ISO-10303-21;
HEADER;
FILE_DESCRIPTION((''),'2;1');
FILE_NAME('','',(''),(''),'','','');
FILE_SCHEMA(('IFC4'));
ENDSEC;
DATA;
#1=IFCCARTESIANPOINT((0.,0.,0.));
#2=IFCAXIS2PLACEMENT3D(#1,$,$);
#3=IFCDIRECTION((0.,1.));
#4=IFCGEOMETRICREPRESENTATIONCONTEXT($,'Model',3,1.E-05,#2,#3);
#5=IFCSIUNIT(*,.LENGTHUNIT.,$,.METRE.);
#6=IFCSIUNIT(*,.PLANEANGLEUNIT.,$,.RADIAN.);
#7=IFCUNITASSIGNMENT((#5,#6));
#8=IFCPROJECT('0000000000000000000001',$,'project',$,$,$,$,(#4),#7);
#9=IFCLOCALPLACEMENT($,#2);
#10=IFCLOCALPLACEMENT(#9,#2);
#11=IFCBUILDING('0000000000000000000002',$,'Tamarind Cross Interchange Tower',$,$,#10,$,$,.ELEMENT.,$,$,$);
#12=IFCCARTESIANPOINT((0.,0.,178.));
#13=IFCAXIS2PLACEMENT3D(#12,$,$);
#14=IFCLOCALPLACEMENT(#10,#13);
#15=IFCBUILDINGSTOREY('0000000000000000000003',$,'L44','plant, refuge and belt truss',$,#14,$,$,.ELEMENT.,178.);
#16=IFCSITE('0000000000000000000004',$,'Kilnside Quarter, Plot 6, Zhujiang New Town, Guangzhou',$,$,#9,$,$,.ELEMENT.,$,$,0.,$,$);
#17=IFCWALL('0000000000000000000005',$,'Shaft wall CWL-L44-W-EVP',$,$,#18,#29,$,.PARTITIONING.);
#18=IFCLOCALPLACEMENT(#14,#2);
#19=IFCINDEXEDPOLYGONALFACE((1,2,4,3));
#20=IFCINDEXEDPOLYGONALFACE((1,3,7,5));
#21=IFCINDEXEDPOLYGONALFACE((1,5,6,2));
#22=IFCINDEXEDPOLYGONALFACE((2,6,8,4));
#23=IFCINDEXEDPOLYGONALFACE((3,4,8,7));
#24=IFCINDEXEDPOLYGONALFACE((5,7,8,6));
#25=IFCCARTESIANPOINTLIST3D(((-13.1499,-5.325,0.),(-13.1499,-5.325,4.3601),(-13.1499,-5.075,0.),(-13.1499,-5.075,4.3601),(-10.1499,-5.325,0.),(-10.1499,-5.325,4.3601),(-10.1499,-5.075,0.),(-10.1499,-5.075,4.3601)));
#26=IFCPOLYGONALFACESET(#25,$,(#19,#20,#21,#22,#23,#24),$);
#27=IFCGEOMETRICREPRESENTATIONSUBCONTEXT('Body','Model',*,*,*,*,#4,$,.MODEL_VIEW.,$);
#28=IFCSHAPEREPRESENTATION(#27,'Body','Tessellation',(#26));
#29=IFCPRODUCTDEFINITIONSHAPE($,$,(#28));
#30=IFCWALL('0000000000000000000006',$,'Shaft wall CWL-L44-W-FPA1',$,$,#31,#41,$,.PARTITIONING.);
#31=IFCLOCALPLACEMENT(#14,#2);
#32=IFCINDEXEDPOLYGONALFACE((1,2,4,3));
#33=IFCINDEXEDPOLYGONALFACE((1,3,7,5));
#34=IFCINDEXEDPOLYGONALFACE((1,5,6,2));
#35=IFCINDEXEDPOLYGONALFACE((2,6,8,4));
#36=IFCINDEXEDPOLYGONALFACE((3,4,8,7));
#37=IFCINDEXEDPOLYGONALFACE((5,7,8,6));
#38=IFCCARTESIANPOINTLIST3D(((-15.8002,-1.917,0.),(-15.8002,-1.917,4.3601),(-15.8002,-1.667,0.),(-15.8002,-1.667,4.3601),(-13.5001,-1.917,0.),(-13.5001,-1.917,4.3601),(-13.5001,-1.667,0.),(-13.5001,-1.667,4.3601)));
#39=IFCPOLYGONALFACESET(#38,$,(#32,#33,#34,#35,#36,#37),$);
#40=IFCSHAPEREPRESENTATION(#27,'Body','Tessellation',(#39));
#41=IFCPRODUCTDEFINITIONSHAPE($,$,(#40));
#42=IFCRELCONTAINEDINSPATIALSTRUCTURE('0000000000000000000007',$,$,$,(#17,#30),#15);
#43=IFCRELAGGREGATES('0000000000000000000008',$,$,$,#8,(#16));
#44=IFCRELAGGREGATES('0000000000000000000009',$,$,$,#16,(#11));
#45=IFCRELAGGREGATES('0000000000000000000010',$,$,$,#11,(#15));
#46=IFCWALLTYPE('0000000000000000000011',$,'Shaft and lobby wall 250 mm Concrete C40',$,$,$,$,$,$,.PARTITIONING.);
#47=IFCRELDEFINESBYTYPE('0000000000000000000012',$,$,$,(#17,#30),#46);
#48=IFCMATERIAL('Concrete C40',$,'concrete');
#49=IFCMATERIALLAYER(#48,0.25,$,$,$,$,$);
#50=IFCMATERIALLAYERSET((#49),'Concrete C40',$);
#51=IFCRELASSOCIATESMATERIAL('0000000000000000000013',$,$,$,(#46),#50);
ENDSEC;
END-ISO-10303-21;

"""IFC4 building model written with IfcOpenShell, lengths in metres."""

from ifc_helpers import new_model, si_unit, direction, frame, frame_2d, origin, place, context, subcontext, project, spatial, rectangle, extrude, material, layer, layer_set, type_object, element, save


model = new_model("IFC4")

# Units and contexts
model_context = context("Model", 3, precision=1e-05, world=origin(), true_north=direction((0.0, 1.0)))
body_context = subcontext(model_context, "Body", "Model", "MODEL_VIEW")
ifc_project = project(units=[si_unit("LENGTHUNIT", "METRE"), si_unit("PLANEANGLEUNIT", "RADIAN")], contexts=[model_context])

# Site, building, storey
site_placement = place(None, origin())
site = spatial("IfcSite", under=ifc_project, at=site_placement, Name="Kilnside Quarter, Plot 6, Zhujiang New Town, Guangzhou", CompositionType="ELEMENT", RefElevation=0.0)
building_placement = place(site_placement, origin())
building = spatial("IfcBuilding", under=site, at=building_placement, Name="Tamarind Cross Interchange Tower", CompositionType="ELEMENT")
storey_placement = place(building_placement, frame((0.0, 0.0, 178.0)))
storey = spatial("IfcBuildingStorey", under=building, at=storey_placement, Name="L44", Description="plant, refuge and belt truss", CompositionType="ELEMENT", Elevation=178.0)

# Walls
ifc_material_1 = material(Name="Concrete C40", Category="concrete")
ifc_layer_1 = layer(ifc_material_1, 0.25)
ifc_layer_set_1 = layer_set([ifc_layer_1], Name="Concrete C40")
wall_type_1 = type_object("IfcWallType", Name="Shaft and lobby wall 250 mm Concrete C40", PredefinedType="PARTITIONING", material=ifc_layer_set_1)
wall_1_placement = place(storey_placement, frame((-13.1499, -5.2, 0.0), z_axis=(0.0, 0.0, 1.0), x_axis=(1.0, 0.0, 0.0)))
element("IfcWall", 1, at=wall_1_placement, inside=storey, type_object=wall_type_1, Name="Shaft wall CWL-L44-W-EVP", PredefinedType="PARTITIONING", context=body_context, shape_type="SweptSolid", body=[
    extrude(rectangle(XDim=3.0, YDim=0.25, at=frame_2d((1.5, 0.0))), origin(), (0.0, 0.0, 1.0), 4.3601),
])
wall_2_placement = place(storey_placement, frame((-15.8, -1.792, 0.0), z_axis=(0.0, 0.0, 1.0), x_axis=(1.0, 0.0, 0.0)))
element("IfcWall", 2, at=wall_2_placement, inside=storey, type_object=wall_type_1, Name="Shaft wall CWL-L44-W-FPA1", PredefinedType="PARTITIONING", context=body_context, shape_type="SweptSolid", body=[
    extrude(rectangle(XDim=2.3, YDim=0.25, at=frame_2d((1.1499, 0.0))), origin(), (0.0, 0.0, 1.0), 4.3601),
])

save(model, "model.ifc")
